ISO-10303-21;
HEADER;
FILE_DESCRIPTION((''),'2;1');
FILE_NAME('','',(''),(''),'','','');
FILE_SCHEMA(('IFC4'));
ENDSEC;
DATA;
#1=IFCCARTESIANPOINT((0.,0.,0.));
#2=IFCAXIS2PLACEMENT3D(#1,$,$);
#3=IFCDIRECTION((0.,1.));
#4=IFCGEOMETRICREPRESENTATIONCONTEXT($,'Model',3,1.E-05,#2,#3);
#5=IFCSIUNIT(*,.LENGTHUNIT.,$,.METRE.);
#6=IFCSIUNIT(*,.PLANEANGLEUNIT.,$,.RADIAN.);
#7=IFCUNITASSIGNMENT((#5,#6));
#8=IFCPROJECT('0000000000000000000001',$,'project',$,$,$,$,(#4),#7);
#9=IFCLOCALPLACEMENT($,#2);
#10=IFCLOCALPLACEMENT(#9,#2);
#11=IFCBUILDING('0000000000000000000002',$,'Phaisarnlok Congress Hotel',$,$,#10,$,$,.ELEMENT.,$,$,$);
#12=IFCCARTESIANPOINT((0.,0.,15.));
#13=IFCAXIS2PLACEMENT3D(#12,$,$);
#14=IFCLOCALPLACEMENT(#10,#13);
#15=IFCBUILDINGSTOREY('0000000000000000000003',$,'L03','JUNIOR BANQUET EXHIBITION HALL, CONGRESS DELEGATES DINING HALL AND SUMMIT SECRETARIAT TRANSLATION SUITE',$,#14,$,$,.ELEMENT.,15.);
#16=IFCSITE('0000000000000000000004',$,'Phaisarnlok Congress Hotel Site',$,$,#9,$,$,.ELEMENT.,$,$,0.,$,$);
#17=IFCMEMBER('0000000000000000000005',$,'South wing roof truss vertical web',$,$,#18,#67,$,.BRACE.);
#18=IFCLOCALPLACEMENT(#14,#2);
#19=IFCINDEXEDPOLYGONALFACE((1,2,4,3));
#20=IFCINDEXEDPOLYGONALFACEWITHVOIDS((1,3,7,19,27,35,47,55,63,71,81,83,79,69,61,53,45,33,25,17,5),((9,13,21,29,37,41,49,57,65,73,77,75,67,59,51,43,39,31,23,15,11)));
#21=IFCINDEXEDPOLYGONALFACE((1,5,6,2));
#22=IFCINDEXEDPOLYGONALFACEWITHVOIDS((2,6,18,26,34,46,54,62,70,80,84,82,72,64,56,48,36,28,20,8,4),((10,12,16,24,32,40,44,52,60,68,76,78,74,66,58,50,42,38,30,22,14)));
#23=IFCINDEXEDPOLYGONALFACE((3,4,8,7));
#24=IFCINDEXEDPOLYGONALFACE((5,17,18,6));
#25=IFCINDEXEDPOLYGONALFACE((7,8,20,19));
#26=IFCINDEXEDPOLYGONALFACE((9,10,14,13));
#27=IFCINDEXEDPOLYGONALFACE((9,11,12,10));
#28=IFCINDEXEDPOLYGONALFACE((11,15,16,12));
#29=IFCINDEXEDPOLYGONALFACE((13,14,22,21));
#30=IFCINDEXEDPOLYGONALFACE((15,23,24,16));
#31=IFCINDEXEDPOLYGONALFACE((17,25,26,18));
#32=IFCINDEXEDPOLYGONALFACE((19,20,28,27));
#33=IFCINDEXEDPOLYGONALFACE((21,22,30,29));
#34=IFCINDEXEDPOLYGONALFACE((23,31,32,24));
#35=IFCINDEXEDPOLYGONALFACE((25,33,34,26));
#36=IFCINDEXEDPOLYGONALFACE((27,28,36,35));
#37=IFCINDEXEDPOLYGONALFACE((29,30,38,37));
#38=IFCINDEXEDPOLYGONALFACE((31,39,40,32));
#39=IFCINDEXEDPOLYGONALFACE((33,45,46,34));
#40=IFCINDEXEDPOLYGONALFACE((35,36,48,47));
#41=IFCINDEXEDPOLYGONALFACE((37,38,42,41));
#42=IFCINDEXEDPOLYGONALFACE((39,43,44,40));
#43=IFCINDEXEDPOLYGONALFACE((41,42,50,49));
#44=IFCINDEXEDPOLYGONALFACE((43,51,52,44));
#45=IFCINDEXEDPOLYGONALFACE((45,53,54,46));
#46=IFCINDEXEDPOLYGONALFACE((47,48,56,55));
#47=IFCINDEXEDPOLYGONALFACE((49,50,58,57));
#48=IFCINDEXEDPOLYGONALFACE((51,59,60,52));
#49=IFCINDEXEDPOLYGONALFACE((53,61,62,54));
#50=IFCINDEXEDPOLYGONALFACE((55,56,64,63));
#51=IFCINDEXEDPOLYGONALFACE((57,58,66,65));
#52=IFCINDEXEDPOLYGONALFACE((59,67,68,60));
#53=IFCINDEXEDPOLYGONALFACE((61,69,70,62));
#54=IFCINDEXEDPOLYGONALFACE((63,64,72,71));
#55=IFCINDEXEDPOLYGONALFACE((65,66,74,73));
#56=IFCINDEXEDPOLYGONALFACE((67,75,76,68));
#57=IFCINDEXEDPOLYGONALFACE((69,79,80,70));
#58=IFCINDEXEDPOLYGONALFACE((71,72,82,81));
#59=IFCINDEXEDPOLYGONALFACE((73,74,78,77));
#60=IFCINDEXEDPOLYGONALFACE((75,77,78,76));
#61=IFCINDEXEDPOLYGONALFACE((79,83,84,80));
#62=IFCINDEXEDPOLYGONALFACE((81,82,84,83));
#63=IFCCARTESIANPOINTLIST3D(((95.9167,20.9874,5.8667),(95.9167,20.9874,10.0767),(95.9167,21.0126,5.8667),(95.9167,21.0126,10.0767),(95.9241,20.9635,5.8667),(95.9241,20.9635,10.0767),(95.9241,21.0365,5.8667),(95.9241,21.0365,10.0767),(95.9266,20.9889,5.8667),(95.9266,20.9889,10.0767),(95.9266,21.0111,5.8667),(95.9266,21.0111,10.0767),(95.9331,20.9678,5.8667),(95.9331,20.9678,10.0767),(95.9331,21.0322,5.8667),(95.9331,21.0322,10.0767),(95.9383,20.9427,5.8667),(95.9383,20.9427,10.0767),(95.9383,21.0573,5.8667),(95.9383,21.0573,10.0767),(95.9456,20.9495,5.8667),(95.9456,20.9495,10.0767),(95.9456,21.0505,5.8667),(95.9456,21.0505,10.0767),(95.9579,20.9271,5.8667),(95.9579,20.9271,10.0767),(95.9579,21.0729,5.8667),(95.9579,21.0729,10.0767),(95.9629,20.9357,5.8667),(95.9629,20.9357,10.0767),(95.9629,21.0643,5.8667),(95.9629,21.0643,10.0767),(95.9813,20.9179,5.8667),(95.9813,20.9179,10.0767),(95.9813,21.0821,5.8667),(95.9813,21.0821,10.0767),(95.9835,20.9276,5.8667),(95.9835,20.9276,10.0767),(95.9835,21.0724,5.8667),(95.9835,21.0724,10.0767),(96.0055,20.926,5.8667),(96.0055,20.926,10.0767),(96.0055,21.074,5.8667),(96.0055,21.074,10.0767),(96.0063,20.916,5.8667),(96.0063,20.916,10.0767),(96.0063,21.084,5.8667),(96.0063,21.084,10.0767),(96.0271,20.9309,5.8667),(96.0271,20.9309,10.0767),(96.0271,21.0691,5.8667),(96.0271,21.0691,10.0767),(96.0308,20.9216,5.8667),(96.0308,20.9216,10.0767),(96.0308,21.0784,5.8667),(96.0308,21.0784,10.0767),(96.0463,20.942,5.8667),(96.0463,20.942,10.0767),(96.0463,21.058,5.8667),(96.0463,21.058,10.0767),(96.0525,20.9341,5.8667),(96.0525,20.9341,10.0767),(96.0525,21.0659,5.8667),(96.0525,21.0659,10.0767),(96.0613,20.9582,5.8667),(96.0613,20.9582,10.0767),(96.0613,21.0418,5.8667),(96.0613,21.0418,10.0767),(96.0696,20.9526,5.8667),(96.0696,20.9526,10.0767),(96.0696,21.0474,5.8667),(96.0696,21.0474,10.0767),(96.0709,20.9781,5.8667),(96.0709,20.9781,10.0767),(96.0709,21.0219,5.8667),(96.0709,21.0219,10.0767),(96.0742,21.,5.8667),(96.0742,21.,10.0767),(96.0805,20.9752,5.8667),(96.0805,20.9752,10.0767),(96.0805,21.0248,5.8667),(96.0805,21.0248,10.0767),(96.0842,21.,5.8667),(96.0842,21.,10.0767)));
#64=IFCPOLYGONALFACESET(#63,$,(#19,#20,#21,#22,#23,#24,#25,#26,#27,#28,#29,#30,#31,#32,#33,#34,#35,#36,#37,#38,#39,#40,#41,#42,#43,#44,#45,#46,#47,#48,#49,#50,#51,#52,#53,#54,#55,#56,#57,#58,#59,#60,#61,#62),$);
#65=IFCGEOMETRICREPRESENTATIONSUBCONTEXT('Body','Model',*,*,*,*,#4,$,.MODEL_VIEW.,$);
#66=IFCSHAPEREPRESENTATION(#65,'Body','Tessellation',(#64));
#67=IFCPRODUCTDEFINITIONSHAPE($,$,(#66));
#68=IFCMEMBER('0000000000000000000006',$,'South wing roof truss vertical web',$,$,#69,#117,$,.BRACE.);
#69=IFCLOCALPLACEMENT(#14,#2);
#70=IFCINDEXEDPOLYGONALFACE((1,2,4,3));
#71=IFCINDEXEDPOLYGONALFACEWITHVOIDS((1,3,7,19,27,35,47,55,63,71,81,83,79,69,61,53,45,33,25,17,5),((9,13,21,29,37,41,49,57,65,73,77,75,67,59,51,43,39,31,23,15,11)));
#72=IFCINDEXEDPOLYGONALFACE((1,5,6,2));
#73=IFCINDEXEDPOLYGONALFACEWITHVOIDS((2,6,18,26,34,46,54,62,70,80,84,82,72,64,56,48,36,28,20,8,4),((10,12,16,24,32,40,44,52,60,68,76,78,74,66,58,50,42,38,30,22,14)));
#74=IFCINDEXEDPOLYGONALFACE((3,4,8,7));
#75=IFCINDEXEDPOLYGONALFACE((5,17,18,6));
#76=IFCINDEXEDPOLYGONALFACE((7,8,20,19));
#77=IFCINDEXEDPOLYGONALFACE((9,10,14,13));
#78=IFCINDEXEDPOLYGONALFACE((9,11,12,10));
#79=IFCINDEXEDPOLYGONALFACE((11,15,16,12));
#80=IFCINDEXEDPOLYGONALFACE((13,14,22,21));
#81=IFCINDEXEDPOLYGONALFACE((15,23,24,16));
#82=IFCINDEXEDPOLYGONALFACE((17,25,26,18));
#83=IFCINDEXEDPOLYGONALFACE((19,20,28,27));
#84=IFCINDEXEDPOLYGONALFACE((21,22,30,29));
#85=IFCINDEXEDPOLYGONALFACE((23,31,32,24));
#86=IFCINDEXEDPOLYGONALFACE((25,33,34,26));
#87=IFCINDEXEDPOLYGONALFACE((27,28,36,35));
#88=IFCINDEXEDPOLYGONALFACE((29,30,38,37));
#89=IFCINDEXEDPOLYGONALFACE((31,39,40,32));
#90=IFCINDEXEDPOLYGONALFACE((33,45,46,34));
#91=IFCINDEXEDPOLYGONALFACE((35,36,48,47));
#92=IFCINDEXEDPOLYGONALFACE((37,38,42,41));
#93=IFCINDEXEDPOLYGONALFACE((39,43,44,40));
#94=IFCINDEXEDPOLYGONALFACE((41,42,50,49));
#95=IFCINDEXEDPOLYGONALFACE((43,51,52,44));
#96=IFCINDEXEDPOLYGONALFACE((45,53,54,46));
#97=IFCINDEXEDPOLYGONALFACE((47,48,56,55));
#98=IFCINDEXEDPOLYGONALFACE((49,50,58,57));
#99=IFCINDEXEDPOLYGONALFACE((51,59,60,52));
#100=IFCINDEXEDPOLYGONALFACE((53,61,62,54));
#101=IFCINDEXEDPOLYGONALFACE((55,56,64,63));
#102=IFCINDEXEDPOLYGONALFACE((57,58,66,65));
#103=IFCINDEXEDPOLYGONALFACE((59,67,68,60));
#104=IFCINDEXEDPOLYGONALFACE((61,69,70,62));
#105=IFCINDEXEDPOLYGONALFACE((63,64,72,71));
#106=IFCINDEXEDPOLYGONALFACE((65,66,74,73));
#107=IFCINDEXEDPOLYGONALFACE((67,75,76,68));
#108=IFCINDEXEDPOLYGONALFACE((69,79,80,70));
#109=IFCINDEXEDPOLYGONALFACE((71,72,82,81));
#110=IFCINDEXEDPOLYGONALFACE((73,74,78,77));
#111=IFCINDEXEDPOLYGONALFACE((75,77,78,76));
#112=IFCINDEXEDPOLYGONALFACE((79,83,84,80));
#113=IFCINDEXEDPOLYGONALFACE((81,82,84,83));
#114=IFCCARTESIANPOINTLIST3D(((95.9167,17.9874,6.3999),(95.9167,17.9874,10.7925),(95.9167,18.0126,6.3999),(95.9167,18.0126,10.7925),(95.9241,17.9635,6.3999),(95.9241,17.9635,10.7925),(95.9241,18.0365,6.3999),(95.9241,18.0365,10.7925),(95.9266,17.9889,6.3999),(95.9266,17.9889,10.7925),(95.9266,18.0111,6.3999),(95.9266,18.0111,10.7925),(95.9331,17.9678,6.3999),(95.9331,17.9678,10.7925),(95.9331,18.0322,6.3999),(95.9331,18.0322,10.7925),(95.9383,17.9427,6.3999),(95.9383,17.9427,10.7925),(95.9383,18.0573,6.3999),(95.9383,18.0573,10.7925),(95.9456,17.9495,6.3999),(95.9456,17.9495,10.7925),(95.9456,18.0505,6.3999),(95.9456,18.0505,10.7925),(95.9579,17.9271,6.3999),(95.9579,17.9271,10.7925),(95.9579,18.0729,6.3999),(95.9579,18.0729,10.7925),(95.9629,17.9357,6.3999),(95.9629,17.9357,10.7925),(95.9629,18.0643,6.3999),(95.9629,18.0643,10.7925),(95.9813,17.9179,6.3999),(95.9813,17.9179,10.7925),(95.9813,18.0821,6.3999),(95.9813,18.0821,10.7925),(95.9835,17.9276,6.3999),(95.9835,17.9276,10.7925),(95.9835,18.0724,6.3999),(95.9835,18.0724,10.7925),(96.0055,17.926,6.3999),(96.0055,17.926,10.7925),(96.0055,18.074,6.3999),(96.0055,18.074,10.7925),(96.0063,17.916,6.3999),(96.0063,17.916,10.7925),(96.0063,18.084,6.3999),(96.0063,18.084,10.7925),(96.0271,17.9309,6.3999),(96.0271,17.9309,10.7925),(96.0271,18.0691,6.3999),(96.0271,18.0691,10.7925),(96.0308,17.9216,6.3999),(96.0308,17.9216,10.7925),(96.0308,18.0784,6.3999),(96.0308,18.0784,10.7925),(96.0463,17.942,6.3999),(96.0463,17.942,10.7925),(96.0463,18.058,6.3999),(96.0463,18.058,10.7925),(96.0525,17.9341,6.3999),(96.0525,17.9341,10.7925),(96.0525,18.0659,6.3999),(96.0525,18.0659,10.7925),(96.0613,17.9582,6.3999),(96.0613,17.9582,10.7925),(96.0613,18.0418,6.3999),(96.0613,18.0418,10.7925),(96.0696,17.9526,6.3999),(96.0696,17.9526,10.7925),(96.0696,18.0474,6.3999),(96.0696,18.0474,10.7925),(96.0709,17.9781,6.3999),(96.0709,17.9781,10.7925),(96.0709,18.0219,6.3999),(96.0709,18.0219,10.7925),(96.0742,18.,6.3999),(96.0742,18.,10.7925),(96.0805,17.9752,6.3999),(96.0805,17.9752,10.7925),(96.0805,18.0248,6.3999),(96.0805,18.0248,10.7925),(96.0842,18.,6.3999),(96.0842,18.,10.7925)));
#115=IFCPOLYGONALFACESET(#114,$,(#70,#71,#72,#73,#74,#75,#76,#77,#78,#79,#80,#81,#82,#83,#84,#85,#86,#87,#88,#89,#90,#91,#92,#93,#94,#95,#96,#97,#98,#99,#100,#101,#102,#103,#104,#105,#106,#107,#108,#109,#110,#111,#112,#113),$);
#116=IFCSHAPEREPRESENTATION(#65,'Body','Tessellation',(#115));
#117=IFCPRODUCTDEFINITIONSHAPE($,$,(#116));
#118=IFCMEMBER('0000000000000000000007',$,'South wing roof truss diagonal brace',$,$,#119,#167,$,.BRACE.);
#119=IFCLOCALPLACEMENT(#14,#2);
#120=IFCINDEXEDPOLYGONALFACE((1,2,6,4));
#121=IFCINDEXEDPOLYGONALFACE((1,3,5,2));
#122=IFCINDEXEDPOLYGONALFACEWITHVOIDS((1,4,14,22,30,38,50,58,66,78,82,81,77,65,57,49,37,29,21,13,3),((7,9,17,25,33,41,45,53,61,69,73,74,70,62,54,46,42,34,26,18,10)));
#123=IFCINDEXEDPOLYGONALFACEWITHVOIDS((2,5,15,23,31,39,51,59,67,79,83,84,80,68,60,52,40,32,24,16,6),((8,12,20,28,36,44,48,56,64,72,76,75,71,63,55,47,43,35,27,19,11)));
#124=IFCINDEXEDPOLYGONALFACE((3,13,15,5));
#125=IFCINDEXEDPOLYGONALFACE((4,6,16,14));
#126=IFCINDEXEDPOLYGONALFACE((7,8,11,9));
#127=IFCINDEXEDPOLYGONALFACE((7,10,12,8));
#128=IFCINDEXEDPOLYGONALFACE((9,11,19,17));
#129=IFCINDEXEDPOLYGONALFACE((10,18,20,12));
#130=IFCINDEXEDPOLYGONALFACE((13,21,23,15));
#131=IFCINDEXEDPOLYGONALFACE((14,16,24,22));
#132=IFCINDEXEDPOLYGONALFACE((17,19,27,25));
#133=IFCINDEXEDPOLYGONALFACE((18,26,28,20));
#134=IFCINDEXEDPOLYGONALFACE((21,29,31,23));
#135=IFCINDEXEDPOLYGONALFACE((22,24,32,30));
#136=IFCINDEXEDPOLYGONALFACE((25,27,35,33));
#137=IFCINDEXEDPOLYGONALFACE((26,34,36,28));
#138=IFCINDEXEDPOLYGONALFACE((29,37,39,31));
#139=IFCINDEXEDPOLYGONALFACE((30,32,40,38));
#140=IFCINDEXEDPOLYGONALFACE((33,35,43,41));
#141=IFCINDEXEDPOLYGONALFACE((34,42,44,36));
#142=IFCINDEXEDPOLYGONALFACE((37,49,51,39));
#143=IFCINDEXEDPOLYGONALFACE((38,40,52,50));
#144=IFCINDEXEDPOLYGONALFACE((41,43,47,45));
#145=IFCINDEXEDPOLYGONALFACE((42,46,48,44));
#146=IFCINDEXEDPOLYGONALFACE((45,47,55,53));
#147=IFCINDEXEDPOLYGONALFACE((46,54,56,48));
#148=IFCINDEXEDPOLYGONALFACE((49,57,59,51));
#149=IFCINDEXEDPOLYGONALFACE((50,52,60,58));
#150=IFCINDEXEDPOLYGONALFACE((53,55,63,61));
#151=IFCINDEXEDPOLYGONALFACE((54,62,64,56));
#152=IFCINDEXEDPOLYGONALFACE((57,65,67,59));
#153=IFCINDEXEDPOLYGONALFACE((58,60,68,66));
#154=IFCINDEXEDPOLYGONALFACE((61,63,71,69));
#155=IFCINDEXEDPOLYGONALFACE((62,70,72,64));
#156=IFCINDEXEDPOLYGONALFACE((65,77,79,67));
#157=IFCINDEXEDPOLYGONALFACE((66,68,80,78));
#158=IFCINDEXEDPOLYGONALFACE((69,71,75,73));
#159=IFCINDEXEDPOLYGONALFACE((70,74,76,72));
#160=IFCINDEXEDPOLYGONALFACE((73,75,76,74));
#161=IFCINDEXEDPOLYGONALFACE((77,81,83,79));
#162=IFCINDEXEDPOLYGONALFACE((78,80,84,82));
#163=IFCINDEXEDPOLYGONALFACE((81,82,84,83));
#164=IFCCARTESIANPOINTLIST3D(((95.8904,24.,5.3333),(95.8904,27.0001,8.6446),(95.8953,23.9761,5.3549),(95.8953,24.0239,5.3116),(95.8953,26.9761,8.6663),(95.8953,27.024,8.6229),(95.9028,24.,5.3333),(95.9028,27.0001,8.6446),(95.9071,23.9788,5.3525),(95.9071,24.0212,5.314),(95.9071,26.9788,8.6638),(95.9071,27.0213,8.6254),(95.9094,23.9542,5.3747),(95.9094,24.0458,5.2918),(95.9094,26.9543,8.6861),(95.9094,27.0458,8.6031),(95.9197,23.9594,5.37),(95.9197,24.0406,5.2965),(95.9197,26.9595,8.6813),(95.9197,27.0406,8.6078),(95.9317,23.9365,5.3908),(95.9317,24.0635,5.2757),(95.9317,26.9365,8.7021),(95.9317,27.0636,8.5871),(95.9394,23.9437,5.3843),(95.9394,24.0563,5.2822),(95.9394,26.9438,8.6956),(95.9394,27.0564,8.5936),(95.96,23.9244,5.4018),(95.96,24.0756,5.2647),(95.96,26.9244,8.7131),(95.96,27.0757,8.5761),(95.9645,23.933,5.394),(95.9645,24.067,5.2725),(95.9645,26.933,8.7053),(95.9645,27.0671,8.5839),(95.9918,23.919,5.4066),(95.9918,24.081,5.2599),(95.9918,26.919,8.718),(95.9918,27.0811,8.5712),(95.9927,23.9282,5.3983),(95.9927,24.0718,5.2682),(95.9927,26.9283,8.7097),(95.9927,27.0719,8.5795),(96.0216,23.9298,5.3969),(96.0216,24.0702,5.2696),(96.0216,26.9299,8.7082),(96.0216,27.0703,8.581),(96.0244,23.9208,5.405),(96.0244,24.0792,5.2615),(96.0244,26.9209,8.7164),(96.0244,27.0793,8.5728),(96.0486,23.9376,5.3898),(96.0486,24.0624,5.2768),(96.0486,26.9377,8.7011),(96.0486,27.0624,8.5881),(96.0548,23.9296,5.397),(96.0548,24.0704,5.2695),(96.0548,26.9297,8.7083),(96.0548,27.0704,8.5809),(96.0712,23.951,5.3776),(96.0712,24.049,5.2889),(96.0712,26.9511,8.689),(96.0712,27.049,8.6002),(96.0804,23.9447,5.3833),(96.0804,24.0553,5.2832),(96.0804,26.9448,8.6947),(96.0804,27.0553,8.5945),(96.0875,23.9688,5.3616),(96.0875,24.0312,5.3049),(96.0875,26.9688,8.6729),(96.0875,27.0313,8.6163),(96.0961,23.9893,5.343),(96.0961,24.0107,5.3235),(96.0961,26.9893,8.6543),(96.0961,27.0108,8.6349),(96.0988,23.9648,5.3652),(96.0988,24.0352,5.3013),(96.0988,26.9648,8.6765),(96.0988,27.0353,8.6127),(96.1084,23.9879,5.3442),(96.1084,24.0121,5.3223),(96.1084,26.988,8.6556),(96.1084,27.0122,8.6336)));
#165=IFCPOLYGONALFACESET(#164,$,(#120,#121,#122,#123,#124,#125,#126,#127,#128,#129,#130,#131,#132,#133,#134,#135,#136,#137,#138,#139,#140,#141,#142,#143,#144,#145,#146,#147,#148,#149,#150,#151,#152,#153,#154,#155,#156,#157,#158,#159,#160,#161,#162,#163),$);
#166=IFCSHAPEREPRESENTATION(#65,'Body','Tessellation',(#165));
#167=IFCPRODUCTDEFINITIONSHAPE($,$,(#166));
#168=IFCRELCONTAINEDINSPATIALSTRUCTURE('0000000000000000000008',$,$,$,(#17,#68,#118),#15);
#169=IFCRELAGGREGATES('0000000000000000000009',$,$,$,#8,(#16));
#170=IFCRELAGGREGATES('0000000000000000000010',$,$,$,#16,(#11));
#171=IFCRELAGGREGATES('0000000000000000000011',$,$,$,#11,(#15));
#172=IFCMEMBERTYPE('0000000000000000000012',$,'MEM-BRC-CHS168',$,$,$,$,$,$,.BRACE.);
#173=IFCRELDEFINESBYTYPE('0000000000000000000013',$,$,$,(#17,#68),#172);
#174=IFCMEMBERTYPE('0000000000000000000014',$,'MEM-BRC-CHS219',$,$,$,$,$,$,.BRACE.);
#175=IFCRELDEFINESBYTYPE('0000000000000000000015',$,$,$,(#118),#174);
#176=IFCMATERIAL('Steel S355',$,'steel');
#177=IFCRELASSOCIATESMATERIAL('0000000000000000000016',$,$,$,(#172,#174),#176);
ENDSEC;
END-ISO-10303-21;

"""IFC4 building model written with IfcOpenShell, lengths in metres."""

from ifc_helpers import new_model, si_unit, direction, frame, origin, origin_2d, place, context, subcontext, project, spatial, hollow_circle, extrude, material, material_profile, profile_set, type_object, element, save


model = new_model("IFC4")

# Units and contexts
model_context = context("Model", 3, precision=1e-05, world=origin(), true_north=direction((0.0, 1.0)))
body_context = subcontext(model_context, "Body", "Model", "MODEL_VIEW")
ifc_project = project(units=[si_unit("LENGTHUNIT", "METRE"), si_unit("PLANEANGLEUNIT", "RADIAN")], contexts=[model_context])

# Site, building, storey
site_placement = place(None, origin())
site = spatial("IfcSite", under=ifc_project, at=site_placement, Name="Phaisarnlok Congress Hotel Site", CompositionType="ELEMENT", RefElevation=0.0)
building_placement = place(site_placement, origin())
building = spatial("IfcBuilding", under=site, at=building_placement, Name="Phaisarnlok Congress Hotel", CompositionType="ELEMENT")
storey_placement = place(building_placement, frame((0.0, 0.0, 15.0)))
storey = spatial("IfcBuildingStorey", under=building, at=storey_placement, Name="L03", Description="JUNIOR BANQUET EXHIBITION HALL, CONGRESS DELEGATES DINING HALL AND SUMMIT SECRETARIAT TRANSLATION SUITE", CompositionType="ELEMENT", Elevation=15.0)

# Shared definitions
ifc_material_1 = material(Name="Steel S355", Category="steel")

# Members
ifc_material_profile_1 = material_profile(ifc_material_1, hollow_circle(Radius=0.0842, WallThickness=0.01, at=origin_2d()), Name="CHS 168.3x10")
ifc_profile_set_1 = profile_set([ifc_material_profile_1], Name="Steel S355")
member_type_1 = type_object("IfcMemberType", Name="MEM-BRC-CHS168", PredefinedType="BRACE", material=ifc_profile_set_1)
member_1_placement = place(storey_placement, frame((96.0, 21.0, 5.8667), z_axis=(0.0, 0.0, 1.0), x_axis=(1.0, 0.0, 0.0)))
element("IfcMember", 1, at=member_1_placement, inside=storey, type_object=member_type_1, Name="South wing roof truss vertical web", PredefinedType="BRACE", context=body_context, shape_type="SweptSolid", body=[
    extrude(hollow_circle(Radius=0.0842, WallThickness=0.01, at=origin_2d()), origin(), (0.0, 0.0, 1.0), 4.21),
])
member_2_placement = place(storey_placement, frame((96.0, 18.0, 6.3999), z_axis=(0.0, 0.0, 1.0), x_axis=(1.0, 0.0, 0.0)))
element("IfcMember", 2, at=member_2_placement, inside=storey, type_object=member_type_1, Name="South wing roof truss vertical web", PredefinedType="BRACE", context=body_context, shape_type="SweptSolid", body=[
    extrude(hollow_circle(Radius=0.0842, WallThickness=0.01, at=origin_2d()), origin(), (0.0, 0.0, 1.0), 4.3926),
])
ifc_material_profile_2 = material_profile(ifc_material_1, hollow_circle(Radius=0.1096, WallThickness=0.0125, at=origin_2d()), Name="CHS 219.1x12.5")
ifc_profile_set_2 = profile_set([ifc_material_profile_2], Name="Steel S355")
member_type_2 = type_object("IfcMemberType", Name="MEM-BRC-CHS219", PredefinedType="BRACE", material=ifc_profile_set_2)
member_3_placement = place(storey_placement, frame((96.0, 24.0, 5.3333), z_axis=(0.0, 0.671415, 0.741081), x_axis=(-1.0, 0.0, 0.0)))
element("IfcMember", 3, at=member_3_placement, inside=storey, type_object=member_type_2, Name="South wing roof truss diagonal brace", PredefinedType="BRACE", context=body_context, shape_type="SweptSolid", body=[
    extrude(hollow_circle(Radius=0.1096, WallThickness=0.0125, at=origin_2d()), origin(), (0.0, 0.0, 1.0), 4.4683),
])

save(model, "model.ifc")
